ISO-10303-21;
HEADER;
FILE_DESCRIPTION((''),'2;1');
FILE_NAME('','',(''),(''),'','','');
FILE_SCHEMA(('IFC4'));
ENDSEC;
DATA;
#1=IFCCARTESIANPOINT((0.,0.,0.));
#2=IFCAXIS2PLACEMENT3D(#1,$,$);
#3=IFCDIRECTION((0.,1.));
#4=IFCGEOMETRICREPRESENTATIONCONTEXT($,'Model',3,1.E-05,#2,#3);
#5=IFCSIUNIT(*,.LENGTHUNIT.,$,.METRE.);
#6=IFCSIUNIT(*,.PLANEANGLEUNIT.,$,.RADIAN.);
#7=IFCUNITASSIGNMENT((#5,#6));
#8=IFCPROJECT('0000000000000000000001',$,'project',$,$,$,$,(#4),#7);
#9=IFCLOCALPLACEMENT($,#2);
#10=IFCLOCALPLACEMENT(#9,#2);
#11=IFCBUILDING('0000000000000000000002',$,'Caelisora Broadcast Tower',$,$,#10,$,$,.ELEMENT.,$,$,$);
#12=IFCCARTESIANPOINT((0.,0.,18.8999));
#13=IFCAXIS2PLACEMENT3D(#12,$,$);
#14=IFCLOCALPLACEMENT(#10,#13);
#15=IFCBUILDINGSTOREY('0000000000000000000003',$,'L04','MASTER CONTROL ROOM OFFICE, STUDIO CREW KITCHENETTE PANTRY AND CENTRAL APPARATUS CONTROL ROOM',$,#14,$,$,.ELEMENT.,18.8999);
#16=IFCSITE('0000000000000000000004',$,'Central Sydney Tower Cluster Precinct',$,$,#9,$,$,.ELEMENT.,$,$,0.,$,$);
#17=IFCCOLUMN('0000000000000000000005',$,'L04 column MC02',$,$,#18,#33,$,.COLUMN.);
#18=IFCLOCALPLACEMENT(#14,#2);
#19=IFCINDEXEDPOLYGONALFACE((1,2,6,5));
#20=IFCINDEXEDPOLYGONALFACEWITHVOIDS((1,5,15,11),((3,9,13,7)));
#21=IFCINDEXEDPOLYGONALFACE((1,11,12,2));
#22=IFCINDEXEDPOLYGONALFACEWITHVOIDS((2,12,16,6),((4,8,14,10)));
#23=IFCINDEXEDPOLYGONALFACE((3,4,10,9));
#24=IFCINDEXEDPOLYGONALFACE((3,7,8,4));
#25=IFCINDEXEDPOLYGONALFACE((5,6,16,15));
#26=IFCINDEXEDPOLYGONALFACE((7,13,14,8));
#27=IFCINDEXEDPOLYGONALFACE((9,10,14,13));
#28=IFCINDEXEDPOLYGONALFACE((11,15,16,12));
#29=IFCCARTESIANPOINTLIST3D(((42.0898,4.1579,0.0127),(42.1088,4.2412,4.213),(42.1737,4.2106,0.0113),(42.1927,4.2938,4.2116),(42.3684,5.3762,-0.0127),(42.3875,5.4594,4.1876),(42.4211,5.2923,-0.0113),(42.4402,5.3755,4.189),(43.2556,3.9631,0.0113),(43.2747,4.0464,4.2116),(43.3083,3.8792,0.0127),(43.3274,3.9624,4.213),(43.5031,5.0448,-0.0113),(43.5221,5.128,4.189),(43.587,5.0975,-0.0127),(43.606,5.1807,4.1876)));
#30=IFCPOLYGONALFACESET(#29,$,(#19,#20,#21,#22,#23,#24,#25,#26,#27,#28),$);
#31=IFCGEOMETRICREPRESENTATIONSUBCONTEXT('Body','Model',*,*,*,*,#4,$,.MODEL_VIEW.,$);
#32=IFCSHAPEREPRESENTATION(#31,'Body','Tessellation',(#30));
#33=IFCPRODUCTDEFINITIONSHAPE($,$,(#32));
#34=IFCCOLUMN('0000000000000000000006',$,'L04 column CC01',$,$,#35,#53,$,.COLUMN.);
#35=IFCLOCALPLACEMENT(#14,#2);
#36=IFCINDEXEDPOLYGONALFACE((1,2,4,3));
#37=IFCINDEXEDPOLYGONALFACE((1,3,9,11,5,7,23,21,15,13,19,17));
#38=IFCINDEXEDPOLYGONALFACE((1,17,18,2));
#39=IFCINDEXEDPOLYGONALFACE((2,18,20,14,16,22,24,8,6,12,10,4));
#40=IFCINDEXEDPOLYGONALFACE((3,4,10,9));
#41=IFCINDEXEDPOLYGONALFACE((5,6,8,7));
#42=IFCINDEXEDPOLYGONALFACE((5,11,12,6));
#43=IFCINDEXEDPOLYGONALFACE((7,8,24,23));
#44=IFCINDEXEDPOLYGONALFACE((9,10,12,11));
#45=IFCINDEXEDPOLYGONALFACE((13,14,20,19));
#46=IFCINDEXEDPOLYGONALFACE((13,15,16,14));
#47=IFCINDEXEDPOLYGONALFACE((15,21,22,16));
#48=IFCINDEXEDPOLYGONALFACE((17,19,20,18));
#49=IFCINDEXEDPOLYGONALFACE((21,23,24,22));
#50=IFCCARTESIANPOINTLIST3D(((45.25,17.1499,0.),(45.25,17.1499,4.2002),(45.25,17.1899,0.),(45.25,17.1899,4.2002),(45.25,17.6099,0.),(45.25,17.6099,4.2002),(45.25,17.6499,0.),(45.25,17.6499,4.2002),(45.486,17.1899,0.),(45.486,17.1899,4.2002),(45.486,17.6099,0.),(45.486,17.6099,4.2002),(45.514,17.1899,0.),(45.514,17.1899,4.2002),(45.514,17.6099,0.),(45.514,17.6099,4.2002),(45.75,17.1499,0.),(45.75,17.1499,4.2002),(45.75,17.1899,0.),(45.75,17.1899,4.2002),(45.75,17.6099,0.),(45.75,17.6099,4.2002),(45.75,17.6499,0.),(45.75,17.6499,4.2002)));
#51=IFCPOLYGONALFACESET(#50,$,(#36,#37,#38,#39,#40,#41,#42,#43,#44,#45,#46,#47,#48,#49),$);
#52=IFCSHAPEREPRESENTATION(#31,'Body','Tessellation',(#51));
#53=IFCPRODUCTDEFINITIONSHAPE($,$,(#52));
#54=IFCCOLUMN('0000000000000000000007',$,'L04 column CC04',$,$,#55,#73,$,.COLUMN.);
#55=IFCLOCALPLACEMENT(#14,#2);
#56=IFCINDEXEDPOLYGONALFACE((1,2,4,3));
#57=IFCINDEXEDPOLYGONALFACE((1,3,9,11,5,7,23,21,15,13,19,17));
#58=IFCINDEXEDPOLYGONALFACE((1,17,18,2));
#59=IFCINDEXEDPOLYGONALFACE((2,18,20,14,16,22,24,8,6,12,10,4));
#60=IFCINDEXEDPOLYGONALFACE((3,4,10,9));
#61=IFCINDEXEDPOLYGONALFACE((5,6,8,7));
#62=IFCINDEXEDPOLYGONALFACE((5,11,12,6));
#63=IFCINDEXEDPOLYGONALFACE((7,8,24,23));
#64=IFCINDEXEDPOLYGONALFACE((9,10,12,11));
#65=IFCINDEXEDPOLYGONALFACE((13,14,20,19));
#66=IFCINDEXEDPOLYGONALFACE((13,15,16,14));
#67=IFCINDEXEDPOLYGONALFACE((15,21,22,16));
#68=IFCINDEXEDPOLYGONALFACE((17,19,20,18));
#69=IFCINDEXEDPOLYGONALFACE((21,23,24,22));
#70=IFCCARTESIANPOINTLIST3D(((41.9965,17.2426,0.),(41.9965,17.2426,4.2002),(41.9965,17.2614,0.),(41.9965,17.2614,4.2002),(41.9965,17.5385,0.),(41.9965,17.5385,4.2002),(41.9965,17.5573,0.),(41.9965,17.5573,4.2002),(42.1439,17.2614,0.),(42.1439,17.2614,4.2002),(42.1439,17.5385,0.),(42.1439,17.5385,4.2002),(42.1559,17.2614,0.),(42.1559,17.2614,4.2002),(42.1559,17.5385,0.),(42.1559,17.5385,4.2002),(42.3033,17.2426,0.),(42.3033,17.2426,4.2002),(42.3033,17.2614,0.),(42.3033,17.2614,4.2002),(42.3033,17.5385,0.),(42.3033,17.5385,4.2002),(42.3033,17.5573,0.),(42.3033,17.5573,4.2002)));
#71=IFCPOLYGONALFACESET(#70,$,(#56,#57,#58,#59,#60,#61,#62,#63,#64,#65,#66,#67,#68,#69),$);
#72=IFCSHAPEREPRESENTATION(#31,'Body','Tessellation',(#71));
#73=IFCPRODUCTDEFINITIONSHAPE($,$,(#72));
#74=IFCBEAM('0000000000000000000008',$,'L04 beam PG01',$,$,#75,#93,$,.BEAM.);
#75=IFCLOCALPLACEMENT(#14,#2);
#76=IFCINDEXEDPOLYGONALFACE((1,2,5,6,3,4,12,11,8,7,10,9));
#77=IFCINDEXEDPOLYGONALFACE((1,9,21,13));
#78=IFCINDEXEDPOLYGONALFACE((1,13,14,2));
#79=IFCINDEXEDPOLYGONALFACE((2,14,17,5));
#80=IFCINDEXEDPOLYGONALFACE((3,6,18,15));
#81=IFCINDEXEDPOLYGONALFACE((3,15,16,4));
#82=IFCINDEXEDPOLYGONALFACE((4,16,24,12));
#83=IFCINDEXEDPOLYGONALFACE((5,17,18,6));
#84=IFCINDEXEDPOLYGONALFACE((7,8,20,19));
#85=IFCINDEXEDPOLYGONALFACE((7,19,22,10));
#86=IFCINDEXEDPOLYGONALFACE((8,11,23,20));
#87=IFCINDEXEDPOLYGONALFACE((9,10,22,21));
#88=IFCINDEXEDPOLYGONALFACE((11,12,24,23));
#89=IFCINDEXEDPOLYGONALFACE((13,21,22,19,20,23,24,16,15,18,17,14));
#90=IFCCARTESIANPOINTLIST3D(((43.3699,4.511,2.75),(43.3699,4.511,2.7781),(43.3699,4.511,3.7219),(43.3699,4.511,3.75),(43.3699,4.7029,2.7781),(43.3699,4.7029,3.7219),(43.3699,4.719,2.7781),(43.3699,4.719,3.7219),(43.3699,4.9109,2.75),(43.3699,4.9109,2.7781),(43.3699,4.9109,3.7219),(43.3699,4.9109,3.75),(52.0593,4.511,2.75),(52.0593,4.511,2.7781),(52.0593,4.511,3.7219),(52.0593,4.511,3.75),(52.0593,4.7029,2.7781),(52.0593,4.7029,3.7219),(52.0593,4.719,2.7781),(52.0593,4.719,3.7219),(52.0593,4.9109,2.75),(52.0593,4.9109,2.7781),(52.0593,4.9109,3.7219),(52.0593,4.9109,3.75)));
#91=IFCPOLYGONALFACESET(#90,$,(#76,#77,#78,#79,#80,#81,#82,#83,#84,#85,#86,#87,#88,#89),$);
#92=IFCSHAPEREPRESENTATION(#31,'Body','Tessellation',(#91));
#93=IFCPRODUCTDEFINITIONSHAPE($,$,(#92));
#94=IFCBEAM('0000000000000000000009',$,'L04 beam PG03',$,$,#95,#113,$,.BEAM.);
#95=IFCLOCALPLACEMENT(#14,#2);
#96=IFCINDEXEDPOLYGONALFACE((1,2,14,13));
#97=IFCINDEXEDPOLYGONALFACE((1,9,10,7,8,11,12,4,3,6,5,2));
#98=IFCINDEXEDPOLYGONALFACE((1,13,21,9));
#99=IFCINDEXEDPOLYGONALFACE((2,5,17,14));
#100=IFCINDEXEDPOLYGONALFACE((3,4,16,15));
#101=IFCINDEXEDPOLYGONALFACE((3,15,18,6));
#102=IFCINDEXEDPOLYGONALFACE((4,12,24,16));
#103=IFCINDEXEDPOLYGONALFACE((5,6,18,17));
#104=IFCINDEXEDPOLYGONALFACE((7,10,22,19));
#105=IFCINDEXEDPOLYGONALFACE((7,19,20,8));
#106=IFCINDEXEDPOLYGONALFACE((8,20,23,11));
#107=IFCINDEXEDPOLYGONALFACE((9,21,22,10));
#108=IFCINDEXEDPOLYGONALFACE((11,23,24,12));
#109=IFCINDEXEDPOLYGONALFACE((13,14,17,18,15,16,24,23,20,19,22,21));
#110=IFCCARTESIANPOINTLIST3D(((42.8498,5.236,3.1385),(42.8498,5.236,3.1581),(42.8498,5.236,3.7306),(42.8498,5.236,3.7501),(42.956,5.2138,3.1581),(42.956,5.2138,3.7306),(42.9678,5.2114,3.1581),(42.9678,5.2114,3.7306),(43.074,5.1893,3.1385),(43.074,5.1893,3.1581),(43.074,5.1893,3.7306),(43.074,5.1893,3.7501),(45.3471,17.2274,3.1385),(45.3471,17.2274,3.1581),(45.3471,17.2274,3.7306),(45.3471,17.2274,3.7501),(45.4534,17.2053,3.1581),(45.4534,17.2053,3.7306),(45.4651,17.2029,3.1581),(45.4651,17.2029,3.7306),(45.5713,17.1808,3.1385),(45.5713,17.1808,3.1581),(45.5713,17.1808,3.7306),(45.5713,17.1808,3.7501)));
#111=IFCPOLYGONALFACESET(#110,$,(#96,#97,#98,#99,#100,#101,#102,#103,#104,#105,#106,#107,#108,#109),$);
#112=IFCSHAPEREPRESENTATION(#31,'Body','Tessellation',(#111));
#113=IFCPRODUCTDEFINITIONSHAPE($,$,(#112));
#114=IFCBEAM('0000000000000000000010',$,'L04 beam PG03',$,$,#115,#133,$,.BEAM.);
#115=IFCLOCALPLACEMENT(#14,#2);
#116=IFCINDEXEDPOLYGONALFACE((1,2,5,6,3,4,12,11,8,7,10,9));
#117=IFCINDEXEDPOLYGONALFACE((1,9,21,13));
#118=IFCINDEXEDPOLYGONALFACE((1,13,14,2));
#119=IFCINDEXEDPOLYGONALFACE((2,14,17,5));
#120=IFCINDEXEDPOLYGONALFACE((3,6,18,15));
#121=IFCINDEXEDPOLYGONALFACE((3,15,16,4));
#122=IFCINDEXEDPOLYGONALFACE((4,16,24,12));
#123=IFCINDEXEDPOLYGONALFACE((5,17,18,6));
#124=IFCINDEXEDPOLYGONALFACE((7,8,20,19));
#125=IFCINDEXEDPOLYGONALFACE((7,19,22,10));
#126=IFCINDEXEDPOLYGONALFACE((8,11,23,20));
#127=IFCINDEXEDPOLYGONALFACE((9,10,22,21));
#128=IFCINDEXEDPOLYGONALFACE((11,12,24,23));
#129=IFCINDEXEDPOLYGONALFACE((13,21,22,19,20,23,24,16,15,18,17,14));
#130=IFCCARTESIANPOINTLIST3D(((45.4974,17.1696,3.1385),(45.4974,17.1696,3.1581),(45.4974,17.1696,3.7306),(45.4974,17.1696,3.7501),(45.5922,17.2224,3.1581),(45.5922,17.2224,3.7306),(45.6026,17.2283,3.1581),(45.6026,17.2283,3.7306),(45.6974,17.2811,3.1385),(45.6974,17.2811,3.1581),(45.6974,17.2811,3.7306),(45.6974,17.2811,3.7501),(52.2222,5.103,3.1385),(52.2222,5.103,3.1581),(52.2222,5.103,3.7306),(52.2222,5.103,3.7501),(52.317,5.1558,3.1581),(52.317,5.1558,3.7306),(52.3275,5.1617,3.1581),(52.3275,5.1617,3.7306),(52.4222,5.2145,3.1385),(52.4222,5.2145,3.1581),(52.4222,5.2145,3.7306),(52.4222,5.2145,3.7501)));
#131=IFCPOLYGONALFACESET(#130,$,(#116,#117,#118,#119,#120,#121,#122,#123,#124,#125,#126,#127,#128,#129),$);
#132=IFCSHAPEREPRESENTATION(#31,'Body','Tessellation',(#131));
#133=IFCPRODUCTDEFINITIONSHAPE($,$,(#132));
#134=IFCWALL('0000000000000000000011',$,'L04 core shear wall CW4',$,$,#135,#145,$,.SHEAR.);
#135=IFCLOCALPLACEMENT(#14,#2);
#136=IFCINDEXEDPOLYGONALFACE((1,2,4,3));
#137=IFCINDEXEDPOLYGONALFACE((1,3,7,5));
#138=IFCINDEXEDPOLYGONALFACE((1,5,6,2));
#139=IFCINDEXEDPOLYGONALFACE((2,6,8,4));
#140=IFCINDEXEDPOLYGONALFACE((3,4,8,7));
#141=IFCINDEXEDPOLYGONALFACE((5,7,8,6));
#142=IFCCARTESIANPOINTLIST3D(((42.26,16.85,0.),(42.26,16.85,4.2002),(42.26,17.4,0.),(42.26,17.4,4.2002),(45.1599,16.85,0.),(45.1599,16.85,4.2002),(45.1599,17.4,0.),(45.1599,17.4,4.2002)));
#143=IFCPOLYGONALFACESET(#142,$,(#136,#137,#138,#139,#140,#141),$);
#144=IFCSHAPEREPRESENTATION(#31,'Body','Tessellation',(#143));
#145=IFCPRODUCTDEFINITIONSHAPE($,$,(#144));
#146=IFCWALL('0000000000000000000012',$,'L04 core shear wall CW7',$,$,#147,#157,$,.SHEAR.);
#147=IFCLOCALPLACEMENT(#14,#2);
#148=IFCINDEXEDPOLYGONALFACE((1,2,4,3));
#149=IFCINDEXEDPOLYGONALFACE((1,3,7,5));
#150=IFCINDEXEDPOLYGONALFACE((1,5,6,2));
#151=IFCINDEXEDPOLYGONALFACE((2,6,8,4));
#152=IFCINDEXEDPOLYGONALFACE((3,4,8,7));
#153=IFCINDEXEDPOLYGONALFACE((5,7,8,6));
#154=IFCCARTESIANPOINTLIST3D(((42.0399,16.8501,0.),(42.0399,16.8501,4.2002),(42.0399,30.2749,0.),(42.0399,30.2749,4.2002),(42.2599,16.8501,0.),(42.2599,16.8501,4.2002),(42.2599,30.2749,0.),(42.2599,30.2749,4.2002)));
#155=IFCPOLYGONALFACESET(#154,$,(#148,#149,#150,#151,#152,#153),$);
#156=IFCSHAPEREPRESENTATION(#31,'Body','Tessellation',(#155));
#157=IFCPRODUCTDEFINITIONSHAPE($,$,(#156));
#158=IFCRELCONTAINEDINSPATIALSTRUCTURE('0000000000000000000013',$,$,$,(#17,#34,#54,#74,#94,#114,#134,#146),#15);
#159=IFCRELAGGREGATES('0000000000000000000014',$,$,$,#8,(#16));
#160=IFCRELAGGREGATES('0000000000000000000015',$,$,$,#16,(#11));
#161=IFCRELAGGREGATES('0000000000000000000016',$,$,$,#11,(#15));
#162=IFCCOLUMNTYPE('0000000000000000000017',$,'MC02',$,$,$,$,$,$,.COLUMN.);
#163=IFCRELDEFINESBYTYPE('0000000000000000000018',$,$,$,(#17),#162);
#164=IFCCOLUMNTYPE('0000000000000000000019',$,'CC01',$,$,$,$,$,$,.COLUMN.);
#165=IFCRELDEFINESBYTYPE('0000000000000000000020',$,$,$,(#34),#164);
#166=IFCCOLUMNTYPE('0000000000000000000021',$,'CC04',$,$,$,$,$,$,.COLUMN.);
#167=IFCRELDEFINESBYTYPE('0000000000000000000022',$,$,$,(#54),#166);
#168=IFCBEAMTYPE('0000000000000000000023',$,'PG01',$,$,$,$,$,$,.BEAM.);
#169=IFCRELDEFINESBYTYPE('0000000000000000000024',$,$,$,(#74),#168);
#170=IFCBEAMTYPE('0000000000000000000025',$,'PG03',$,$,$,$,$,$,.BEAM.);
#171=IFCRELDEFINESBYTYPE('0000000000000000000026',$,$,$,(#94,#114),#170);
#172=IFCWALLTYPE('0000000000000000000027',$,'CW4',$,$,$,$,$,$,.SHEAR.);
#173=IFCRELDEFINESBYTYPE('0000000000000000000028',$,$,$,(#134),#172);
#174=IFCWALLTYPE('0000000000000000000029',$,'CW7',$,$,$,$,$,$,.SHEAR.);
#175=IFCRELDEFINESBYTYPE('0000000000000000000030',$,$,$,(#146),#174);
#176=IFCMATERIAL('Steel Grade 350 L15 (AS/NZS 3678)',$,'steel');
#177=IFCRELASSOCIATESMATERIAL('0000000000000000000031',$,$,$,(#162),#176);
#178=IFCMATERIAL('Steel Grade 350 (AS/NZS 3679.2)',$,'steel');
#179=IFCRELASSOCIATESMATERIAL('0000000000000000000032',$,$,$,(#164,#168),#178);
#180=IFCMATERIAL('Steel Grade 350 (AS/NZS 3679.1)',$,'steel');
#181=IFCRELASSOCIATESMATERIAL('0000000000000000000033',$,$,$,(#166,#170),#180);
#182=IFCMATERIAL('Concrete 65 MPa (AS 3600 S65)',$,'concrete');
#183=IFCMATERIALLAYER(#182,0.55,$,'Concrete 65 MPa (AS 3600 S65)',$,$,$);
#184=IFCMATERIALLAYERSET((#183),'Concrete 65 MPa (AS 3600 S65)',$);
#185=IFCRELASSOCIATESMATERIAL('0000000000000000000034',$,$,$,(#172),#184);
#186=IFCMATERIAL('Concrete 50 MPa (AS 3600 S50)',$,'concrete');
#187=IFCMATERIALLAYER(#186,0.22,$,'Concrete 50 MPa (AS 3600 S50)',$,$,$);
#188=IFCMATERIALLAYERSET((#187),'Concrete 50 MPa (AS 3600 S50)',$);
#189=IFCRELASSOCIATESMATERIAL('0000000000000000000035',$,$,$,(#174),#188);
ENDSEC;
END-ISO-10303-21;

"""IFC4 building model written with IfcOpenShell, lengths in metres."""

from ifc_helpers import new_model, si_unit, direction, frame, frame_2d, origin, origin_2d, place, context, subcontext, project, spatial, rectangle, hollow_rectangle, i_section, extrude, source, transform, mapped, material, layer, layer_set, material_profile, profile_set, type_object, type_shapes, element, save


model = new_model("IFC4")

# Units and contexts
model_context = context("Model", 3, precision=1e-05, world=origin(), true_north=direction((0.0, 1.0)))
body_context = subcontext(model_context, "Body", "Model", "MODEL_VIEW")
ifc_project = project(units=[si_unit("LENGTHUNIT", "METRE"), si_unit("PLANEANGLEUNIT", "RADIAN")], contexts=[model_context])

# Site, building, storey
site_placement = place(None, origin())
site = spatial("IfcSite", under=ifc_project, at=site_placement, Name="Central Sydney Tower Cluster Precinct", CompositionType="ELEMENT", RefElevation=0.0)
building_placement = place(site_placement, origin())
building = spatial("IfcBuilding", under=site, at=building_placement, Name="Caelisora Broadcast Tower", CompositionType="ELEMENT")
storey_placement = place(building_placement, frame((0.0, 0.0, 18.8999)))
storey = spatial("IfcBuildingStorey", under=building, at=storey_placement, Name="L04", Description="MASTER CONTROL ROOM OFFICE, STUDIO CREW KITCHENETTE PANTRY AND CENTRAL APPARATUS CONTROL ROOM", CompositionType="ELEMENT", Elevation=18.8999)

# Columns
ifc_material_1 = material(Name="Steel Grade 350 L15 (AS/NZS 3678)", Category="steel")
ifc_material_profile_1 = material_profile(ifc_material_1, hollow_rectangle(XDim=1.25, YDim=1.25, WallThickness=0.0701, at=origin_2d()), Name="Steel Grade 350 L15 (AS/NZS 3678)")
ifc_profile_set_1 = profile_set([ifc_material_profile_1], Name="Steel Grade 350 L15 (AS/NZS 3678)")
column_type_1 = type_object("IfcColumnType", Name="MC02", PredefinedType="COLUMN", material=ifc_profile_set_1)
shared_shape_1 = source(origin(), body_context, "Body", "SweptSolid", [
    extrude(hollow_rectangle(XDim=1.25, YDim=1.25, WallThickness=0.0701, at=origin_2d()), origin(), (0.0, 0.0, 1.0), 4.2012),
])
type_shapes(column_type_1, [shared_shape_1])
column_1_placement = place(storey_placement, frame((42.8384, 4.6277, 0.0), z_axis=(0.004533, 0.019817, 0.999793), x_axis=(-0.974823, 0.22298, 0.0)))
element("IfcColumn", 1, at=column_1_placement, inside=storey, type_object=column_type_1, Name="L04 column MC02", PredefinedType="COLUMN", context=body_context, shape_type="MappedRepresentation", body=[
    mapped(shared_shape_1, transform((0.0, 0.0, 0.0), scale=1.0)),
])
ifc_material_2 = material(Name="Steel Grade 350 (AS/NZS 3679.2)", Category="steel")
ifc_material_profile_2 = material_profile(ifc_material_2, i_section(OverallWidth=0.5, OverallDepth=0.5, WebThickness=0.0281, FlangeThickness=0.04, at=origin_2d()), Name="Steel Grade 350 (AS/NZS 3679.2)")
ifc_profile_set_2 = profile_set([ifc_material_profile_2], Name="Steel Grade 350 (AS/NZS 3679.2)")
column_type_2 = type_object("IfcColumnType", Name="CC01", PredefinedType="COLUMN", material=ifc_profile_set_2)
shared_shape_2 = source(origin(), body_context, "Body", "SweptSolid", [
    extrude(i_section(OverallWidth=0.5, OverallDepth=0.5, WebThickness=0.0281, FlangeThickness=0.04, at=origin_2d()), origin(), (0.0, 0.0, 1.0), 4.2002),
])
type_shapes(column_type_2, [shared_shape_2])
column_2_placement = place(storey_placement, frame((45.5, 17.3999, 0.0), z_axis=(0.0, 0.0, 1.0), x_axis=(1.0, 0.0, 0.0)))
element("IfcColumn", 2, at=column_2_placement, inside=storey, type_object=column_type_2, Name="L04 column CC01", PredefinedType="COLUMN", context=body_context, shape_type="MappedRepresentation", body=[
    mapped(shared_shape_2, transform((0.0, 0.0, 0.0), scale=1.0)),
])
ifc_material_3 = material(Name="Steel Grade 350 (AS/NZS 3679.1)", Category="steel")
ifc_material_profile_3 = material_profile(ifc_material_3, i_section(OverallWidth=0.3069, OverallDepth=0.3147, WebThickness=0.012, FlangeThickness=0.0188, at=origin_2d()), Name="Steel Grade 350 (AS/NZS 3679.1)")
ifc_profile_set_3 = profile_set([ifc_material_profile_3], Name="Steel Grade 350 (AS/NZS 3679.1)")
column_type_3 = type_object("IfcColumnType", Name="CC04", PredefinedType="COLUMN", material=ifc_profile_set_3)
shared_shape_3 = source(origin(), body_context, "Body", "SweptSolid", [
    extrude(i_section(OverallWidth=0.3069, OverallDepth=0.3147, WebThickness=0.012, FlangeThickness=0.0188, at=origin_2d()), origin(), (0.0, 0.0, 1.0), 4.2002),
])
type_shapes(column_type_3, [shared_shape_3])
column_3_placement = place(storey_placement, frame((42.1499, 17.3999, 0.0), z_axis=(0.0, 0.0, 1.0), x_axis=(1.0, 0.0, 0.0)))
element("IfcColumn", 3, at=column_3_placement, inside=storey, type_object=column_type_3, Name="L04 column CC04", PredefinedType="COLUMN", context=body_context, shape_type="MappedRepresentation", body=[
    mapped(shared_shape_3, transform((0.0, 0.0, 0.0), scale=1.0)),
])

# Beams
ifc_material_profile_4 = material_profile(ifc_material_2, i_section(OverallWidth=0.3999, OverallDepth=1.0, WebThickness=0.0161, FlangeThickness=0.0281, at=origin_2d()), Name="Steel Grade 350 (AS/NZS 3679.2)")
ifc_profile_set_4 = profile_set([ifc_material_profile_4], Name="Steel Grade 350 (AS/NZS 3679.2)")
beam_type_1 = type_object("IfcBeamType", Name="PG01", PredefinedType="BEAM", material=ifc_profile_set_4)
shared_shape_4 = source(origin(), body_context, "Body", "SweptSolid", [
    extrude(i_section(OverallWidth=0.3999, OverallDepth=1.0, WebThickness=0.0161, FlangeThickness=0.0281, at=origin_2d()), origin(), (0.0, 0.0, 1.0), 8.6895),
])
type_shapes(beam_type_1, [shared_shape_4])
beam_1_placement = place(storey_placement, frame((43.3699, 4.7109, 3.25), z_axis=(1.0, 0.0, 0.0), x_axis=(0.0, 1.0, 0.0)))
element("IfcBeam", 4, at=beam_1_placement, inside=storey, type_object=beam_type_1, Name="L04 beam PG01", PredefinedType="BEAM", context=body_context, shape_type="MappedRepresentation", body=[
    mapped(shared_shape_4, transform((0.0, 0.0, 0.0), scale=1.0)),
])
ifc_material_profile_5 = material_profile(ifc_material_3, i_section(OverallWidth=0.229, OverallDepth=0.6116, WebThickness=0.012, FlangeThickness=0.0195, at=origin_2d()), Name="Steel Grade 350 (AS/NZS 3679.1)")
ifc_profile_set_5 = profile_set([ifc_material_profile_5], Name="Steel Grade 350 (AS/NZS 3679.1)")
beam_type_2 = type_object("IfcBeamType", Name="PG03", PredefinedType="BEAM", material=ifc_profile_set_5)
shared_shape_5 = source(origin(), body_context, "Body", "SweptSolid", [
    extrude(i_section(OverallWidth=0.229, OverallDepth=0.6116, WebThickness=0.012, FlangeThickness=0.0195, at=origin_2d()), origin(), (0.0, 0.0, 1.0), 12.2488),
])
beam_2_placement = place(storey_placement, frame((45.4592, 17.2041, 3.4443), z_axis=(-0.203883, -0.978995, 0.0), x_axis=(0.978995, -0.203883, 0.0)))
element("IfcBeam", 5, at=beam_2_placement, inside=storey, type_object=beam_type_2, Name="L04 beam PG03", PredefinedType="BEAM", context=body_context, shape_type="MappedRepresentation", body=[
    mapped(shared_shape_5, transform((0.0, 0.0, 0.0), scale=1.0)),
])
shared_shape_6 = source(origin(), body_context, "Body", "SweptSolid", [
    extrude(i_section(OverallWidth=0.229, OverallDepth=0.6116, WebThickness=0.012, FlangeThickness=0.0195, at=origin_2d()), origin(), (0.0, 0.0, 1.0), 13.814),
])
type_shapes(beam_type_2, [shared_shape_5, shared_shape_6])
beam_3_placement = place(storey_placement, frame((45.5974, 17.2253, 3.4443), z_axis=(0.486813, -0.873506, 0.0), x_axis=(0.873506, 0.486813, 0.0)))
element("IfcBeam", 6, at=beam_3_placement, inside=storey, type_object=beam_type_2, Name="L04 beam PG03", PredefinedType="BEAM", context=body_context, shape_type="MappedRepresentation", body=[
    mapped(shared_shape_6, transform((0.0, 0.0, 0.0), scale=1.0)),
])

# Shared definitions
ifc_material_4 = material(Name="Concrete 65 MPa (AS 3600 S65)", Category="concrete")

# Walls
ifc_layer_1 = layer(ifc_material_4, 0.55, Name="Concrete 65 MPa (AS 3600 S65)")
ifc_layer_set_1 = layer_set([ifc_layer_1], Name="Concrete 65 MPa (AS 3600 S65)")
wall_type_1 = type_object("IfcWallType", Name="CW4", PredefinedType="SHEAR", material=ifc_layer_set_1)
wall_1_placement = place(storey_placement, frame((42.26, 17.125, 0.0), z_axis=(0.0, 0.0, 1.0), x_axis=(1.0, 0.0, 0.0)))
element("IfcWall", 7, at=wall_1_placement, inside=storey, type_object=wall_type_1, Name="L04 core shear wall CW4", PredefinedType="SHEAR", context=body_context, shape_type="SweptSolid", body=[
    extrude(rectangle(XDim=2.8999, YDim=0.55, at=frame_2d((1.45, 0.0))), origin(), (0.0, 0.0, 1.0), 4.2002),
])
ifc_material_5 = material(Name="Concrete 50 MPa (AS 3600 S50)", Category="concrete")
ifc_layer_2 = layer(ifc_material_5, 0.22, Name="Concrete 50 MPa (AS 3600 S50)")
ifc_layer_set_2 = layer_set([ifc_layer_2], Name="Concrete 50 MPa (AS 3600 S50)")
wall_type_2 = type_object("IfcWallType", Name="CW7", PredefinedType="SHEAR", material=ifc_layer_set_2)
wall_2_placement = place(storey_placement, frame((42.1499, 16.8501, 0.0), z_axis=(0.0, 0.0, 1.0), x_axis=(0.0, 1.0, 0.0)))
element("IfcWall", 8, at=wall_2_placement, inside=storey, type_object=wall_type_2, Name="L04 core shear wall CW7", PredefinedType="SHEAR", context=body_context, shape_type="SweptSolid", body=[
    extrude(rectangle(XDim=13.4248, YDim=0.22, at=frame_2d((6.7124, 0.0))), origin(), (0.0, 0.0, 1.0), 4.2002),
])

save(model, "model.ifc")
